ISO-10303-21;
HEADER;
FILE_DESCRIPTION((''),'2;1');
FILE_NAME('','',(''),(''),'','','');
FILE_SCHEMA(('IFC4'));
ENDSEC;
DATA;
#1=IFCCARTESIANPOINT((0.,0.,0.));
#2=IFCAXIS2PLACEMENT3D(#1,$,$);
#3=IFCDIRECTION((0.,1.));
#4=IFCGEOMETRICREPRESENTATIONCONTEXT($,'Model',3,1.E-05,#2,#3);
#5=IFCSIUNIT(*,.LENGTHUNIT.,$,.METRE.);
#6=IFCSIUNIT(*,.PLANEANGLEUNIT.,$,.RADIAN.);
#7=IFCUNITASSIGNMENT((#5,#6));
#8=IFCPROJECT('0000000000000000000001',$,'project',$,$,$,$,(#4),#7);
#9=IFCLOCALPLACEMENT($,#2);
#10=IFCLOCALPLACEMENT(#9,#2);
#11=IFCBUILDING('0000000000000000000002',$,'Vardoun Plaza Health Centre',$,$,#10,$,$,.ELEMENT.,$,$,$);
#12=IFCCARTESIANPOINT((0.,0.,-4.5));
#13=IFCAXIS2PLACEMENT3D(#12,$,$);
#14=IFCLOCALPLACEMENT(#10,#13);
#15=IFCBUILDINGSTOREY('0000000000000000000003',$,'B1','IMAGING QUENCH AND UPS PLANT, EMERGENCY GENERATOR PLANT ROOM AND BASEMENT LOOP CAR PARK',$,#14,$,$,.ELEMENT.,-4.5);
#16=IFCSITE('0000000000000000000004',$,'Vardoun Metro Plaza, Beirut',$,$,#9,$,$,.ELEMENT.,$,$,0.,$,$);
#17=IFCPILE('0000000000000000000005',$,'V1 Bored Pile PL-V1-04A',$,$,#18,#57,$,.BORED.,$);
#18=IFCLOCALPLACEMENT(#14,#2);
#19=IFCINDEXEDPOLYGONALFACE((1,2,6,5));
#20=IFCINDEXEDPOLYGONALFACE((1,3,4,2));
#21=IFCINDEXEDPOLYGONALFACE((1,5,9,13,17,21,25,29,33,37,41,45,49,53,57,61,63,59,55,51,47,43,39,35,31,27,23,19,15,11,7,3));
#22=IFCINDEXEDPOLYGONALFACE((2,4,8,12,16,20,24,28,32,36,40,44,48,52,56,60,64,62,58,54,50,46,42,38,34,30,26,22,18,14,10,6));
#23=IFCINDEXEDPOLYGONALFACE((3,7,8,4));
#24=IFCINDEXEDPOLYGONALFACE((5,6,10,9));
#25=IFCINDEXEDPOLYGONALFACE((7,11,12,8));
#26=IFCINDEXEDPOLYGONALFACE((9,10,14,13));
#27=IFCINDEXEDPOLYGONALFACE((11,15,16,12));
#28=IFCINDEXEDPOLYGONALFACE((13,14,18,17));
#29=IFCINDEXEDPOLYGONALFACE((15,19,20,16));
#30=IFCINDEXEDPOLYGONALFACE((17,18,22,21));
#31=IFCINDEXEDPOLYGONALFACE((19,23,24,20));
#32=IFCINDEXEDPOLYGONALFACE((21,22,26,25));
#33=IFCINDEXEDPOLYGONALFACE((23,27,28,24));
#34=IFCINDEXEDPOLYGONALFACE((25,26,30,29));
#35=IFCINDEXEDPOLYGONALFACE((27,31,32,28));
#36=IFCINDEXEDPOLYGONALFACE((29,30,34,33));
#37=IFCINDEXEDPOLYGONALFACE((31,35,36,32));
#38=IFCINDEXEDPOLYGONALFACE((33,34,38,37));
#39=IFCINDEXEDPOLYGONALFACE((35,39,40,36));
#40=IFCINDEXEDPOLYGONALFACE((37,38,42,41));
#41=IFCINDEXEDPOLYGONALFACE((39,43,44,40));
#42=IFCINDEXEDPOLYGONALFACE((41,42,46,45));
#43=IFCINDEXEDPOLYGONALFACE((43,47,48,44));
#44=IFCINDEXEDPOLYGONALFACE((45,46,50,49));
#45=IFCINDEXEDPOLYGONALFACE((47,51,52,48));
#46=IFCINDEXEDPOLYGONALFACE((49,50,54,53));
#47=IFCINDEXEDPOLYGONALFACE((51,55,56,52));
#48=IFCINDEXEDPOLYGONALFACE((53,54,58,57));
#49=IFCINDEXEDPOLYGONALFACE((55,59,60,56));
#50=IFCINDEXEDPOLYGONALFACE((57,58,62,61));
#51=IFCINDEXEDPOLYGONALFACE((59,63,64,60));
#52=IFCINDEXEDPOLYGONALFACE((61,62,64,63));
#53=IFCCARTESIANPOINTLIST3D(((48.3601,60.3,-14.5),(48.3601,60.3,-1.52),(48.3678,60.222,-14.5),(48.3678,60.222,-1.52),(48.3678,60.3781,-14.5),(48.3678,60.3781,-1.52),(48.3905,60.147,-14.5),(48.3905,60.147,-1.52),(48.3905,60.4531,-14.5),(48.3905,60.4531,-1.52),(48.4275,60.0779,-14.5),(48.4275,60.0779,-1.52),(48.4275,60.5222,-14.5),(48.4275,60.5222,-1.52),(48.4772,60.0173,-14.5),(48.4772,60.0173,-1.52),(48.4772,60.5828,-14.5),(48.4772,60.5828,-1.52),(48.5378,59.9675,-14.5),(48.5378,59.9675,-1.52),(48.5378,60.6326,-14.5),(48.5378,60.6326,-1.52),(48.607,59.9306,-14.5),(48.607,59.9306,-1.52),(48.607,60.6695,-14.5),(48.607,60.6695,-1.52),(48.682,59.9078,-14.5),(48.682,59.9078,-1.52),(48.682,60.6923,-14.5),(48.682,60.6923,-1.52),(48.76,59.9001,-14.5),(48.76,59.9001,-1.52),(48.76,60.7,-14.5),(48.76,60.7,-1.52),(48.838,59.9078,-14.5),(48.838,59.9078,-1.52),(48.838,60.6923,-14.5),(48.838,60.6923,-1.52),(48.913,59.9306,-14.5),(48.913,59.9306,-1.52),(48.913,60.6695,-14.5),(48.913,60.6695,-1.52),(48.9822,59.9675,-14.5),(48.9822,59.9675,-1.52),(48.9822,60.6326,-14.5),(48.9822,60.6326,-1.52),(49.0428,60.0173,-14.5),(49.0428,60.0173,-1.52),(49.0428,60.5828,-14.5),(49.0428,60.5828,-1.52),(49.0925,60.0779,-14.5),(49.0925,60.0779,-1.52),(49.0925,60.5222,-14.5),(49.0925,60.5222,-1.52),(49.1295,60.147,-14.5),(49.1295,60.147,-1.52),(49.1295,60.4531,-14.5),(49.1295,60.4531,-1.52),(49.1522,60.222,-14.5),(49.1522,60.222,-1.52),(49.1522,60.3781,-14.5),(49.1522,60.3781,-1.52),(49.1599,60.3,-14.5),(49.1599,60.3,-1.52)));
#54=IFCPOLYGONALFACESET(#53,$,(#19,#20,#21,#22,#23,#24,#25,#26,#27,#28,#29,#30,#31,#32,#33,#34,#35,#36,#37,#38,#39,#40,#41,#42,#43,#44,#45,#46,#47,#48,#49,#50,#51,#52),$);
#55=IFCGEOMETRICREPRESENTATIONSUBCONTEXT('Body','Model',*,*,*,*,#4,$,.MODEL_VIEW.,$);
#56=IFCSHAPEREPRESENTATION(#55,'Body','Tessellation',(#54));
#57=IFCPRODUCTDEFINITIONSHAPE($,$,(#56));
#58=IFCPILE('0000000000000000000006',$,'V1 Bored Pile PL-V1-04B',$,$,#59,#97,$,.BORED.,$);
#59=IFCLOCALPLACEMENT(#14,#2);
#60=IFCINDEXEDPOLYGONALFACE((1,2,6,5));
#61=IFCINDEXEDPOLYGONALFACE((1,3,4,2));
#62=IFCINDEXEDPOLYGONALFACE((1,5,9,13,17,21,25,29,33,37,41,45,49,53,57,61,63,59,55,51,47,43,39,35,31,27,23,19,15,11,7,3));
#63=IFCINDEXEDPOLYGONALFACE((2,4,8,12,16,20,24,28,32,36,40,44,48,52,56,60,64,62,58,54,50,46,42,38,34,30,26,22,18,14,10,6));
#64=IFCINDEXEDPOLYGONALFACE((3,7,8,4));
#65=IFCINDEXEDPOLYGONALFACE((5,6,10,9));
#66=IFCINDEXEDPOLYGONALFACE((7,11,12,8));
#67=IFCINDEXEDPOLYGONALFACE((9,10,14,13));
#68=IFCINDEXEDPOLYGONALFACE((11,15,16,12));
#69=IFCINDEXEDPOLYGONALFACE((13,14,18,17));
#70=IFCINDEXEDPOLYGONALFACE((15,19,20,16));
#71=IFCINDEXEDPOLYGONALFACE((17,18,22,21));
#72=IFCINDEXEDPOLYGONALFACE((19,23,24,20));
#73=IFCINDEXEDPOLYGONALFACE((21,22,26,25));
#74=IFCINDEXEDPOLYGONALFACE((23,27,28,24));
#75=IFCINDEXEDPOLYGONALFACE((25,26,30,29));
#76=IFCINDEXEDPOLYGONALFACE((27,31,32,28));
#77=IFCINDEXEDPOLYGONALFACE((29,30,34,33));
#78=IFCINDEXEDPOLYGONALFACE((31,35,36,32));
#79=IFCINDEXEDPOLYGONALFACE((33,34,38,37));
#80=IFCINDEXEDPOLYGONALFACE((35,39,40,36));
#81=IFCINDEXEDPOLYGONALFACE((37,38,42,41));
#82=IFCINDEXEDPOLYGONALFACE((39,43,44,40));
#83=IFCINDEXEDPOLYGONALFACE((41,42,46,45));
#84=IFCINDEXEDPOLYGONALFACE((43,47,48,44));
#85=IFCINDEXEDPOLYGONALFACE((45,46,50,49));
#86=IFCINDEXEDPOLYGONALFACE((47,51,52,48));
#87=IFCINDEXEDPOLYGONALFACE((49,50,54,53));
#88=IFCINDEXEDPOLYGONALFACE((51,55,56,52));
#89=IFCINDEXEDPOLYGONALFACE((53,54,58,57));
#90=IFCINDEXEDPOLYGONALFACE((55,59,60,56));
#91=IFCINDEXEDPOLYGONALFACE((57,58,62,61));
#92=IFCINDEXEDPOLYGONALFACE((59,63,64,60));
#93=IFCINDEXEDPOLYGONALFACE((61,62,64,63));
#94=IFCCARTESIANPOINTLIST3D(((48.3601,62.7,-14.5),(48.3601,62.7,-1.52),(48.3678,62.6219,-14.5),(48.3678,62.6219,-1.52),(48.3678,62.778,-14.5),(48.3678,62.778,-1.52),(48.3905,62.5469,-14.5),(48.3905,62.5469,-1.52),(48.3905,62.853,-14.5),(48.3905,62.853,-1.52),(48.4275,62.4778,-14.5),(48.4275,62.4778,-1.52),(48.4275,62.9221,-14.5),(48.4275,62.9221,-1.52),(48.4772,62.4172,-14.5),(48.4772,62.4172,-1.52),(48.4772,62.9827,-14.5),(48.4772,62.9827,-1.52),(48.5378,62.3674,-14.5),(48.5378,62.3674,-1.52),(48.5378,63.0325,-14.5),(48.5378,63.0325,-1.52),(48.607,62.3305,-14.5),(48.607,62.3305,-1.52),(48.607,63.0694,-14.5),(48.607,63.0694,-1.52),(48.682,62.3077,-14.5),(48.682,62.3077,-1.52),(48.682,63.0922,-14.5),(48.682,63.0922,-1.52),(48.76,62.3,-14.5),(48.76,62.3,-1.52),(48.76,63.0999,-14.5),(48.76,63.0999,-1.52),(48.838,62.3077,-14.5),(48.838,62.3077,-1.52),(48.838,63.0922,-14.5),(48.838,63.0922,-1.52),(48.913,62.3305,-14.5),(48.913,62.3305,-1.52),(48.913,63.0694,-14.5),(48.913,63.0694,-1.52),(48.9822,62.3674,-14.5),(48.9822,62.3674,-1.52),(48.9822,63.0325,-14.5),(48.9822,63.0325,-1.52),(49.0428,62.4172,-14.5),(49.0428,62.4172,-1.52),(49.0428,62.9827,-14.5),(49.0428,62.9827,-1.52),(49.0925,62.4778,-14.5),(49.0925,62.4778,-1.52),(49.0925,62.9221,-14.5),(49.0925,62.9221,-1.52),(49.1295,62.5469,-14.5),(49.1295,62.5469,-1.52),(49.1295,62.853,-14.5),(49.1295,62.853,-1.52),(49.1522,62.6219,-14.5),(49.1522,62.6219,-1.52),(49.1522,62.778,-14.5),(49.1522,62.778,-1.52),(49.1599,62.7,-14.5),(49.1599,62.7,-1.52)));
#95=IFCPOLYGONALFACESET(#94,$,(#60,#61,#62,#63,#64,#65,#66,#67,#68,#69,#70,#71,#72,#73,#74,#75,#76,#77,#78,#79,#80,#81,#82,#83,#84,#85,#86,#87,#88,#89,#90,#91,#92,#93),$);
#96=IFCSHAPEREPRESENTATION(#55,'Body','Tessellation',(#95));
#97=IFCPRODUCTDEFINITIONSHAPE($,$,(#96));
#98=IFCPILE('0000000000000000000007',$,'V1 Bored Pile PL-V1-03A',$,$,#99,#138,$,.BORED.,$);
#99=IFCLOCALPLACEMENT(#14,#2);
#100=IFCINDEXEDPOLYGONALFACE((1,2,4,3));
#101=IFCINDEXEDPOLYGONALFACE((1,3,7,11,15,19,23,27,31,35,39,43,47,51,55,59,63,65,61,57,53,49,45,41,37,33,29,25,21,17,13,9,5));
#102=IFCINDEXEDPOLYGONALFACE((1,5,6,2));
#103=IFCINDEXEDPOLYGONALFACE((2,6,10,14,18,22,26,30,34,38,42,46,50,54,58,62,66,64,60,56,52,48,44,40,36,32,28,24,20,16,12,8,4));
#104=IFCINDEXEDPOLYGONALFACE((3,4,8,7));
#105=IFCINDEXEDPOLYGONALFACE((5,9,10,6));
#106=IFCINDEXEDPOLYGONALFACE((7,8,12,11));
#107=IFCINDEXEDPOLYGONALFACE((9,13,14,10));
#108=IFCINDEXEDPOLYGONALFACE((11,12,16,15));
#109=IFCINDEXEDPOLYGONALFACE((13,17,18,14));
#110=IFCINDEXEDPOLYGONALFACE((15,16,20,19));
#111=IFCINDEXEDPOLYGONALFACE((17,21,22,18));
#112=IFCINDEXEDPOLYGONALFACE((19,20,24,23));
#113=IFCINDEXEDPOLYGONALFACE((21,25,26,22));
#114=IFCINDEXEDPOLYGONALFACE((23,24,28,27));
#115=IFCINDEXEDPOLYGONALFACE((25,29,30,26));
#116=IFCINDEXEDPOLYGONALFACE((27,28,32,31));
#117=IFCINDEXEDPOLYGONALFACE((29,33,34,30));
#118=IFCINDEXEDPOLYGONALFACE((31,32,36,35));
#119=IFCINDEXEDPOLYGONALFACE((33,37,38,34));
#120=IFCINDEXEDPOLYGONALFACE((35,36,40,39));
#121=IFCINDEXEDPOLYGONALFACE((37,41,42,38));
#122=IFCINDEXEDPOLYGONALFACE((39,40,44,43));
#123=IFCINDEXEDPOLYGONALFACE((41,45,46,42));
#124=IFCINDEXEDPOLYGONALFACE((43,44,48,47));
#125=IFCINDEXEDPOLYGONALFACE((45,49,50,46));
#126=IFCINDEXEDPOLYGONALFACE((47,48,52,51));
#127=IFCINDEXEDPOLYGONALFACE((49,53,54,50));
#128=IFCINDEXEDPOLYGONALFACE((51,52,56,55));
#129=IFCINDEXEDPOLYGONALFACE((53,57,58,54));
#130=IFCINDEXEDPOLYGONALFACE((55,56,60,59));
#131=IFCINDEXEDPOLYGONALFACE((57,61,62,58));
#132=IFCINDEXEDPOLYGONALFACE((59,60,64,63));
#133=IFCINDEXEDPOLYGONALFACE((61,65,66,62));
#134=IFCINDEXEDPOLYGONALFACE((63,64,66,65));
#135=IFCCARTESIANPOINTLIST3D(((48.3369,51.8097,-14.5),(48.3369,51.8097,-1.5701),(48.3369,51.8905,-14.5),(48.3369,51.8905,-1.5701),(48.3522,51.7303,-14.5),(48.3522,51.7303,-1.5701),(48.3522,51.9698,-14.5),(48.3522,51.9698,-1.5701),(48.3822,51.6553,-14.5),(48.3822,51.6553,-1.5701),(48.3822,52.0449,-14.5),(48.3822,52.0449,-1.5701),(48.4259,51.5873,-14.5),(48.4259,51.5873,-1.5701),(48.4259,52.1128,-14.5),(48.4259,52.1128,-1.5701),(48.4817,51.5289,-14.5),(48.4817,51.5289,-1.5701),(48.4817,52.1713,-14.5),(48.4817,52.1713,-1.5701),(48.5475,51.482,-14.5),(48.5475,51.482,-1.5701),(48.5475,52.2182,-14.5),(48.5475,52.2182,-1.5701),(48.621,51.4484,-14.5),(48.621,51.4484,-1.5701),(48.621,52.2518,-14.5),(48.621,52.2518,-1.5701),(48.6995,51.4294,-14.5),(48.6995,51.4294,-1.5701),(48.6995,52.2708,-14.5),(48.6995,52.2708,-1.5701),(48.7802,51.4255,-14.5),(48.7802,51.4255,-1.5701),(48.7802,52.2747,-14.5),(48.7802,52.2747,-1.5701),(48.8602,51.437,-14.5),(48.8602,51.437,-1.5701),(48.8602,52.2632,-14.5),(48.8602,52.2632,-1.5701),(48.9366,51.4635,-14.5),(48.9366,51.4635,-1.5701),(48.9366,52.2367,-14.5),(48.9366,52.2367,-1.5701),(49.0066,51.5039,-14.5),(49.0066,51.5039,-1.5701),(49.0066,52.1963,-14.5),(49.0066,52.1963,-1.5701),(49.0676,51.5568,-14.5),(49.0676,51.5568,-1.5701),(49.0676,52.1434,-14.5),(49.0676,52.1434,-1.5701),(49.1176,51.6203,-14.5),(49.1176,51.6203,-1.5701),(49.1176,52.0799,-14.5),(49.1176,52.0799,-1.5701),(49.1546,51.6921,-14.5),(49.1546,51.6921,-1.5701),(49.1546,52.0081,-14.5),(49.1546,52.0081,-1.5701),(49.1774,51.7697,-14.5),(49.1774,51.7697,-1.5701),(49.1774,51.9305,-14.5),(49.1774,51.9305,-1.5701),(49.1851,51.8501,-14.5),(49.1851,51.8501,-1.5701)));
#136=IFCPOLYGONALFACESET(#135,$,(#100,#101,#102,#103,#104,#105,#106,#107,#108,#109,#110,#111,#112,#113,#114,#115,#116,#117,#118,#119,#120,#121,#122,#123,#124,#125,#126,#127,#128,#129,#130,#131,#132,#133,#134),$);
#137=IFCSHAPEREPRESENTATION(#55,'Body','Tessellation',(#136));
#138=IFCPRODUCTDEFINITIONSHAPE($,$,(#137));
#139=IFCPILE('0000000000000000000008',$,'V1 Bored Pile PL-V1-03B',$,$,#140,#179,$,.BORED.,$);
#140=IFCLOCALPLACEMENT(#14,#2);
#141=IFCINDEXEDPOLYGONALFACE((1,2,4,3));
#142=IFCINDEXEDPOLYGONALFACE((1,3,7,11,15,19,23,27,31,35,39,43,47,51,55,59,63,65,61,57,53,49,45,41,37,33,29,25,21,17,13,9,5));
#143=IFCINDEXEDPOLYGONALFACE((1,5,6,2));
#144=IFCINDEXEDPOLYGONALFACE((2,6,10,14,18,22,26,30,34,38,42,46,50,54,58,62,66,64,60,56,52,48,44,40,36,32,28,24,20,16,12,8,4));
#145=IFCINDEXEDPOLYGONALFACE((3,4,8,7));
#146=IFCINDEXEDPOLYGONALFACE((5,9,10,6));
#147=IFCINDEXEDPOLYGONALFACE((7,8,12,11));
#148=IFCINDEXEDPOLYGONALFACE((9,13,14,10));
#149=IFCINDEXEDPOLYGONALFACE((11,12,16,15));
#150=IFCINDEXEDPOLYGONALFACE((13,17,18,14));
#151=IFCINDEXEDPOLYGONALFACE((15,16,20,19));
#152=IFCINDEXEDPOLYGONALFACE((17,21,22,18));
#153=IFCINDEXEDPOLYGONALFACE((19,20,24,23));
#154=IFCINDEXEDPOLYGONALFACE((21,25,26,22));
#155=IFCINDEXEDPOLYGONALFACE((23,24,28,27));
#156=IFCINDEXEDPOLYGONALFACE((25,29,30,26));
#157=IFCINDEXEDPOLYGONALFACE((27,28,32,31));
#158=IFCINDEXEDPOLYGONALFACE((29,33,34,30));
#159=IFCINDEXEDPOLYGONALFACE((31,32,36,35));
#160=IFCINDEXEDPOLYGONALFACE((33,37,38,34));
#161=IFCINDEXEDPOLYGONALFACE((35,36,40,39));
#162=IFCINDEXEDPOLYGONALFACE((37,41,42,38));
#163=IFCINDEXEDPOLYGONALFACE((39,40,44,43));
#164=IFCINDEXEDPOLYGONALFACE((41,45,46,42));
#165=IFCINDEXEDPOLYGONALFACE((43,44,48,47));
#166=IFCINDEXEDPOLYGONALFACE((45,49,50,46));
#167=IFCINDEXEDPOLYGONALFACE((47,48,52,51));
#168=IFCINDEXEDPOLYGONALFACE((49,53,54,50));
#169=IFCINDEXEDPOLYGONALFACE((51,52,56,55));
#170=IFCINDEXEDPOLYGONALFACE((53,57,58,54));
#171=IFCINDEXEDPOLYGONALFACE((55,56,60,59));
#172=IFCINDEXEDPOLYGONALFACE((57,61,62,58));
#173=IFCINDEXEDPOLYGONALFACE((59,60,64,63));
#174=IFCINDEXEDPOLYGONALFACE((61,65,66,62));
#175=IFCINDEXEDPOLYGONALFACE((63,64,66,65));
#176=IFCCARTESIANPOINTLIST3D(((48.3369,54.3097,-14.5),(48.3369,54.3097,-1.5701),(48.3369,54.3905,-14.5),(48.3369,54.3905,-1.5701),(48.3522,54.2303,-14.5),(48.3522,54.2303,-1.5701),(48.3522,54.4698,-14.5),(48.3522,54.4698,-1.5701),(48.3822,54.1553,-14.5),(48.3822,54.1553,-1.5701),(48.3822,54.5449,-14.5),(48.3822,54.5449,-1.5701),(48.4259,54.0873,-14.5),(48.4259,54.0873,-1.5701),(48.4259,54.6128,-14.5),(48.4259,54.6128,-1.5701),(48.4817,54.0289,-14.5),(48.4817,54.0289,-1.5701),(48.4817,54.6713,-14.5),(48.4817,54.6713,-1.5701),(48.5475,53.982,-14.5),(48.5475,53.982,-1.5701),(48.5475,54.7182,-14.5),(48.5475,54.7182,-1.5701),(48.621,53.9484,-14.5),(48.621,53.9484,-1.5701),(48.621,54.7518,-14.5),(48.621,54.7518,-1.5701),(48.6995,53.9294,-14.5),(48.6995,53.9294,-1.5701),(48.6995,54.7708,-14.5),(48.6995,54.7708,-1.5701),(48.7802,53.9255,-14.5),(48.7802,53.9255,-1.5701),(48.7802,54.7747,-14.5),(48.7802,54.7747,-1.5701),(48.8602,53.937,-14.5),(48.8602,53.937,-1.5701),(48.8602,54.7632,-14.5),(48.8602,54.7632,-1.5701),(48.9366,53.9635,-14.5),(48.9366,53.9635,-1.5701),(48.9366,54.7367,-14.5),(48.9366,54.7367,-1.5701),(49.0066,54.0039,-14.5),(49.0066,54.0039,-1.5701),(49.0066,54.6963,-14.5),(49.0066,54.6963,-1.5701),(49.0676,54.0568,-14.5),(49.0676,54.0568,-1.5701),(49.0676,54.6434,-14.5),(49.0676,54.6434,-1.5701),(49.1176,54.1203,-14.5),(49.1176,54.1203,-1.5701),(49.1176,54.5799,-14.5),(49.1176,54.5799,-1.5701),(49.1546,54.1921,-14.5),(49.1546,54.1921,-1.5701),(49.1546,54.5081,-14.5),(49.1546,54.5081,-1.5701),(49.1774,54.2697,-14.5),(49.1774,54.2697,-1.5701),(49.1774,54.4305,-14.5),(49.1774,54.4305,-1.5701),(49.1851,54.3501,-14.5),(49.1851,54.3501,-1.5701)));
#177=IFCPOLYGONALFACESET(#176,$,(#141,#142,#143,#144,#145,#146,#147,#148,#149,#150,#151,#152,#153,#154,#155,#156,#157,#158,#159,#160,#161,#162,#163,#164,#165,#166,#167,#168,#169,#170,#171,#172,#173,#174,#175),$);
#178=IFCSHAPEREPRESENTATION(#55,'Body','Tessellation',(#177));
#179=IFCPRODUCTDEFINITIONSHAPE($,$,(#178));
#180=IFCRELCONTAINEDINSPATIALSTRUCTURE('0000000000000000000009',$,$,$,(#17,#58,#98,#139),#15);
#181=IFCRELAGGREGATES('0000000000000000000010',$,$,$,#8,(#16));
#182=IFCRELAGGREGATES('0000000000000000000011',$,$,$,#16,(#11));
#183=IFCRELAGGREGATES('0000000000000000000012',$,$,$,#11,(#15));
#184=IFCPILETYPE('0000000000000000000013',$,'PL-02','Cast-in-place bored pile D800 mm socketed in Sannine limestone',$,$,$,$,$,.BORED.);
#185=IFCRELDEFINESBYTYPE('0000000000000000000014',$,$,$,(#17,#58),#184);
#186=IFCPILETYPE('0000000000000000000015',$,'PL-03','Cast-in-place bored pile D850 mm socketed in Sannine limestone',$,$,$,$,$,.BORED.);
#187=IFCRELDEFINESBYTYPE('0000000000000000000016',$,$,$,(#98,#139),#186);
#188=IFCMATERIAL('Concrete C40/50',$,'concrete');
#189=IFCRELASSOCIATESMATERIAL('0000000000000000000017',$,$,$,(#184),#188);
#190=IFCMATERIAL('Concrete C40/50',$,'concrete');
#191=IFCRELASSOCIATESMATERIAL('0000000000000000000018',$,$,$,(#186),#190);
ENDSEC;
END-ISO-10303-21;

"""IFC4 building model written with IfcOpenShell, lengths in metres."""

from ifc_helpers import new_model, si_unit, direction, frame, origin, origin_2d, place, context, subcontext, project, spatial, circle, extrude, material, material_profile, profile_set, type_object, element, save


model = new_model("IFC4")

# Units and contexts
model_context = context("Model", 3, precision=1e-05, world=origin(), true_north=direction((0.0, 1.0)))
body_context = subcontext(model_context, "Body", "Model", "MODEL_VIEW")
ifc_project = project(units=[si_unit("LENGTHUNIT", "METRE"), si_unit("PLANEANGLEUNIT", "RADIAN")], contexts=[model_context])

# Site, building, storey
site_placement = place(None, origin())
site = spatial("IfcSite", under=ifc_project, at=site_placement, Name="Vardoun Metro Plaza, Beirut", CompositionType="ELEMENT", RefElevation=0.0)
building_placement = place(site_placement, origin())
building = spatial("IfcBuilding", under=site, at=building_placement, Name="Vardoun Plaza Health Centre", CompositionType="ELEMENT")
storey_placement = place(building_placement, frame((0.0, 0.0, -4.5)))
storey = spatial("IfcBuildingStorey", under=building, at=storey_placement, Name="B1", Description="IMAGING QUENCH AND UPS PLANT, EMERGENCY GENERATOR PLANT ROOM AND BASEMENT LOOP CAR PARK", CompositionType="ELEMENT", Elevation=-4.5)

# Piles
ifc_material_1 = material(Name="Concrete C40/50", Category="concrete")
ifc_material_profile_1 = material_profile(ifc_material_1, circle(Radius=0.3999, at=origin_2d()), Name="PILE D800")
ifc_profile_set_1 = profile_set([ifc_material_profile_1], Name="Concrete C40/50")
pile_type_1 = type_object("IfcPileType", Name="PL-02", Description="Cast-in-place bored pile D800 mm socketed in Sannine limestone", PredefinedType="BORED", material=ifc_profile_set_1)
for number, where, z_axis, x_axis, name in (
    (1, (48.76, 60.3, -1.52), (0.0, 0.0, -1.0), (1.0, 0.0, 0.0), "V1 Bored Pile PL-V1-04A"),
    (2, (48.76, 62.7, -1.52), (0.0, 0.0, -1.0), (1.0, 0.0, 0.0), "V1 Bored Pile PL-V1-04B"),
):
    element("IfcPile", number, at=place(storey_placement, frame(where, z_axis=z_axis, x_axis=x_axis)), inside=storey, type_object=pile_type_1, Name=name, PredefinedType="BORED", context=body_context, shape_type="SweptSolid", body=[
        extrude(circle(Radius=0.3999, at=origin_2d()), origin(), (0.0, 0.0, 1.0), 12.98),
    ])
ifc_material_2 = material(Name="Concrete C40/50", Category="concrete")
ifc_material_profile_2 = material_profile(ifc_material_2, circle(Radius=0.425, at=origin_2d()), Name="PILE D850")
ifc_profile_set_2 = profile_set([ifc_material_profile_2], Name="Concrete C40/50")
pile_type_2 = type_object("IfcPileType", Name="PL-03", Description="Cast-in-place bored pile D850 mm socketed in Sannine limestone", PredefinedType="BORED", material=ifc_profile_set_2)
for number, where, z_axis, x_axis, name in (
    (3, (48.76, 51.8501, -1.5701), (0.0, 0.0, -1.0), (1.0, 0.0, 0.0), "V1 Bored Pile PL-V1-03A"),
    (4, (48.76, 54.3501, -1.5701), (0.0, 0.0, -1.0), (1.0, 0.0, 0.0), "V1 Bored Pile PL-V1-03B"),
):
    element("IfcPile", number, at=place(storey_placement, frame(where, z_axis=z_axis, x_axis=x_axis)), inside=storey, type_object=pile_type_2, Name=name, PredefinedType="BORED", context=body_context, shape_type="SweptSolid", body=[
        extrude(circle(Radius=0.425, at=origin_2d()), origin(), (0.0, 0.0, 1.0), 12.9299),
    ])

save(model, "model.ifc")
